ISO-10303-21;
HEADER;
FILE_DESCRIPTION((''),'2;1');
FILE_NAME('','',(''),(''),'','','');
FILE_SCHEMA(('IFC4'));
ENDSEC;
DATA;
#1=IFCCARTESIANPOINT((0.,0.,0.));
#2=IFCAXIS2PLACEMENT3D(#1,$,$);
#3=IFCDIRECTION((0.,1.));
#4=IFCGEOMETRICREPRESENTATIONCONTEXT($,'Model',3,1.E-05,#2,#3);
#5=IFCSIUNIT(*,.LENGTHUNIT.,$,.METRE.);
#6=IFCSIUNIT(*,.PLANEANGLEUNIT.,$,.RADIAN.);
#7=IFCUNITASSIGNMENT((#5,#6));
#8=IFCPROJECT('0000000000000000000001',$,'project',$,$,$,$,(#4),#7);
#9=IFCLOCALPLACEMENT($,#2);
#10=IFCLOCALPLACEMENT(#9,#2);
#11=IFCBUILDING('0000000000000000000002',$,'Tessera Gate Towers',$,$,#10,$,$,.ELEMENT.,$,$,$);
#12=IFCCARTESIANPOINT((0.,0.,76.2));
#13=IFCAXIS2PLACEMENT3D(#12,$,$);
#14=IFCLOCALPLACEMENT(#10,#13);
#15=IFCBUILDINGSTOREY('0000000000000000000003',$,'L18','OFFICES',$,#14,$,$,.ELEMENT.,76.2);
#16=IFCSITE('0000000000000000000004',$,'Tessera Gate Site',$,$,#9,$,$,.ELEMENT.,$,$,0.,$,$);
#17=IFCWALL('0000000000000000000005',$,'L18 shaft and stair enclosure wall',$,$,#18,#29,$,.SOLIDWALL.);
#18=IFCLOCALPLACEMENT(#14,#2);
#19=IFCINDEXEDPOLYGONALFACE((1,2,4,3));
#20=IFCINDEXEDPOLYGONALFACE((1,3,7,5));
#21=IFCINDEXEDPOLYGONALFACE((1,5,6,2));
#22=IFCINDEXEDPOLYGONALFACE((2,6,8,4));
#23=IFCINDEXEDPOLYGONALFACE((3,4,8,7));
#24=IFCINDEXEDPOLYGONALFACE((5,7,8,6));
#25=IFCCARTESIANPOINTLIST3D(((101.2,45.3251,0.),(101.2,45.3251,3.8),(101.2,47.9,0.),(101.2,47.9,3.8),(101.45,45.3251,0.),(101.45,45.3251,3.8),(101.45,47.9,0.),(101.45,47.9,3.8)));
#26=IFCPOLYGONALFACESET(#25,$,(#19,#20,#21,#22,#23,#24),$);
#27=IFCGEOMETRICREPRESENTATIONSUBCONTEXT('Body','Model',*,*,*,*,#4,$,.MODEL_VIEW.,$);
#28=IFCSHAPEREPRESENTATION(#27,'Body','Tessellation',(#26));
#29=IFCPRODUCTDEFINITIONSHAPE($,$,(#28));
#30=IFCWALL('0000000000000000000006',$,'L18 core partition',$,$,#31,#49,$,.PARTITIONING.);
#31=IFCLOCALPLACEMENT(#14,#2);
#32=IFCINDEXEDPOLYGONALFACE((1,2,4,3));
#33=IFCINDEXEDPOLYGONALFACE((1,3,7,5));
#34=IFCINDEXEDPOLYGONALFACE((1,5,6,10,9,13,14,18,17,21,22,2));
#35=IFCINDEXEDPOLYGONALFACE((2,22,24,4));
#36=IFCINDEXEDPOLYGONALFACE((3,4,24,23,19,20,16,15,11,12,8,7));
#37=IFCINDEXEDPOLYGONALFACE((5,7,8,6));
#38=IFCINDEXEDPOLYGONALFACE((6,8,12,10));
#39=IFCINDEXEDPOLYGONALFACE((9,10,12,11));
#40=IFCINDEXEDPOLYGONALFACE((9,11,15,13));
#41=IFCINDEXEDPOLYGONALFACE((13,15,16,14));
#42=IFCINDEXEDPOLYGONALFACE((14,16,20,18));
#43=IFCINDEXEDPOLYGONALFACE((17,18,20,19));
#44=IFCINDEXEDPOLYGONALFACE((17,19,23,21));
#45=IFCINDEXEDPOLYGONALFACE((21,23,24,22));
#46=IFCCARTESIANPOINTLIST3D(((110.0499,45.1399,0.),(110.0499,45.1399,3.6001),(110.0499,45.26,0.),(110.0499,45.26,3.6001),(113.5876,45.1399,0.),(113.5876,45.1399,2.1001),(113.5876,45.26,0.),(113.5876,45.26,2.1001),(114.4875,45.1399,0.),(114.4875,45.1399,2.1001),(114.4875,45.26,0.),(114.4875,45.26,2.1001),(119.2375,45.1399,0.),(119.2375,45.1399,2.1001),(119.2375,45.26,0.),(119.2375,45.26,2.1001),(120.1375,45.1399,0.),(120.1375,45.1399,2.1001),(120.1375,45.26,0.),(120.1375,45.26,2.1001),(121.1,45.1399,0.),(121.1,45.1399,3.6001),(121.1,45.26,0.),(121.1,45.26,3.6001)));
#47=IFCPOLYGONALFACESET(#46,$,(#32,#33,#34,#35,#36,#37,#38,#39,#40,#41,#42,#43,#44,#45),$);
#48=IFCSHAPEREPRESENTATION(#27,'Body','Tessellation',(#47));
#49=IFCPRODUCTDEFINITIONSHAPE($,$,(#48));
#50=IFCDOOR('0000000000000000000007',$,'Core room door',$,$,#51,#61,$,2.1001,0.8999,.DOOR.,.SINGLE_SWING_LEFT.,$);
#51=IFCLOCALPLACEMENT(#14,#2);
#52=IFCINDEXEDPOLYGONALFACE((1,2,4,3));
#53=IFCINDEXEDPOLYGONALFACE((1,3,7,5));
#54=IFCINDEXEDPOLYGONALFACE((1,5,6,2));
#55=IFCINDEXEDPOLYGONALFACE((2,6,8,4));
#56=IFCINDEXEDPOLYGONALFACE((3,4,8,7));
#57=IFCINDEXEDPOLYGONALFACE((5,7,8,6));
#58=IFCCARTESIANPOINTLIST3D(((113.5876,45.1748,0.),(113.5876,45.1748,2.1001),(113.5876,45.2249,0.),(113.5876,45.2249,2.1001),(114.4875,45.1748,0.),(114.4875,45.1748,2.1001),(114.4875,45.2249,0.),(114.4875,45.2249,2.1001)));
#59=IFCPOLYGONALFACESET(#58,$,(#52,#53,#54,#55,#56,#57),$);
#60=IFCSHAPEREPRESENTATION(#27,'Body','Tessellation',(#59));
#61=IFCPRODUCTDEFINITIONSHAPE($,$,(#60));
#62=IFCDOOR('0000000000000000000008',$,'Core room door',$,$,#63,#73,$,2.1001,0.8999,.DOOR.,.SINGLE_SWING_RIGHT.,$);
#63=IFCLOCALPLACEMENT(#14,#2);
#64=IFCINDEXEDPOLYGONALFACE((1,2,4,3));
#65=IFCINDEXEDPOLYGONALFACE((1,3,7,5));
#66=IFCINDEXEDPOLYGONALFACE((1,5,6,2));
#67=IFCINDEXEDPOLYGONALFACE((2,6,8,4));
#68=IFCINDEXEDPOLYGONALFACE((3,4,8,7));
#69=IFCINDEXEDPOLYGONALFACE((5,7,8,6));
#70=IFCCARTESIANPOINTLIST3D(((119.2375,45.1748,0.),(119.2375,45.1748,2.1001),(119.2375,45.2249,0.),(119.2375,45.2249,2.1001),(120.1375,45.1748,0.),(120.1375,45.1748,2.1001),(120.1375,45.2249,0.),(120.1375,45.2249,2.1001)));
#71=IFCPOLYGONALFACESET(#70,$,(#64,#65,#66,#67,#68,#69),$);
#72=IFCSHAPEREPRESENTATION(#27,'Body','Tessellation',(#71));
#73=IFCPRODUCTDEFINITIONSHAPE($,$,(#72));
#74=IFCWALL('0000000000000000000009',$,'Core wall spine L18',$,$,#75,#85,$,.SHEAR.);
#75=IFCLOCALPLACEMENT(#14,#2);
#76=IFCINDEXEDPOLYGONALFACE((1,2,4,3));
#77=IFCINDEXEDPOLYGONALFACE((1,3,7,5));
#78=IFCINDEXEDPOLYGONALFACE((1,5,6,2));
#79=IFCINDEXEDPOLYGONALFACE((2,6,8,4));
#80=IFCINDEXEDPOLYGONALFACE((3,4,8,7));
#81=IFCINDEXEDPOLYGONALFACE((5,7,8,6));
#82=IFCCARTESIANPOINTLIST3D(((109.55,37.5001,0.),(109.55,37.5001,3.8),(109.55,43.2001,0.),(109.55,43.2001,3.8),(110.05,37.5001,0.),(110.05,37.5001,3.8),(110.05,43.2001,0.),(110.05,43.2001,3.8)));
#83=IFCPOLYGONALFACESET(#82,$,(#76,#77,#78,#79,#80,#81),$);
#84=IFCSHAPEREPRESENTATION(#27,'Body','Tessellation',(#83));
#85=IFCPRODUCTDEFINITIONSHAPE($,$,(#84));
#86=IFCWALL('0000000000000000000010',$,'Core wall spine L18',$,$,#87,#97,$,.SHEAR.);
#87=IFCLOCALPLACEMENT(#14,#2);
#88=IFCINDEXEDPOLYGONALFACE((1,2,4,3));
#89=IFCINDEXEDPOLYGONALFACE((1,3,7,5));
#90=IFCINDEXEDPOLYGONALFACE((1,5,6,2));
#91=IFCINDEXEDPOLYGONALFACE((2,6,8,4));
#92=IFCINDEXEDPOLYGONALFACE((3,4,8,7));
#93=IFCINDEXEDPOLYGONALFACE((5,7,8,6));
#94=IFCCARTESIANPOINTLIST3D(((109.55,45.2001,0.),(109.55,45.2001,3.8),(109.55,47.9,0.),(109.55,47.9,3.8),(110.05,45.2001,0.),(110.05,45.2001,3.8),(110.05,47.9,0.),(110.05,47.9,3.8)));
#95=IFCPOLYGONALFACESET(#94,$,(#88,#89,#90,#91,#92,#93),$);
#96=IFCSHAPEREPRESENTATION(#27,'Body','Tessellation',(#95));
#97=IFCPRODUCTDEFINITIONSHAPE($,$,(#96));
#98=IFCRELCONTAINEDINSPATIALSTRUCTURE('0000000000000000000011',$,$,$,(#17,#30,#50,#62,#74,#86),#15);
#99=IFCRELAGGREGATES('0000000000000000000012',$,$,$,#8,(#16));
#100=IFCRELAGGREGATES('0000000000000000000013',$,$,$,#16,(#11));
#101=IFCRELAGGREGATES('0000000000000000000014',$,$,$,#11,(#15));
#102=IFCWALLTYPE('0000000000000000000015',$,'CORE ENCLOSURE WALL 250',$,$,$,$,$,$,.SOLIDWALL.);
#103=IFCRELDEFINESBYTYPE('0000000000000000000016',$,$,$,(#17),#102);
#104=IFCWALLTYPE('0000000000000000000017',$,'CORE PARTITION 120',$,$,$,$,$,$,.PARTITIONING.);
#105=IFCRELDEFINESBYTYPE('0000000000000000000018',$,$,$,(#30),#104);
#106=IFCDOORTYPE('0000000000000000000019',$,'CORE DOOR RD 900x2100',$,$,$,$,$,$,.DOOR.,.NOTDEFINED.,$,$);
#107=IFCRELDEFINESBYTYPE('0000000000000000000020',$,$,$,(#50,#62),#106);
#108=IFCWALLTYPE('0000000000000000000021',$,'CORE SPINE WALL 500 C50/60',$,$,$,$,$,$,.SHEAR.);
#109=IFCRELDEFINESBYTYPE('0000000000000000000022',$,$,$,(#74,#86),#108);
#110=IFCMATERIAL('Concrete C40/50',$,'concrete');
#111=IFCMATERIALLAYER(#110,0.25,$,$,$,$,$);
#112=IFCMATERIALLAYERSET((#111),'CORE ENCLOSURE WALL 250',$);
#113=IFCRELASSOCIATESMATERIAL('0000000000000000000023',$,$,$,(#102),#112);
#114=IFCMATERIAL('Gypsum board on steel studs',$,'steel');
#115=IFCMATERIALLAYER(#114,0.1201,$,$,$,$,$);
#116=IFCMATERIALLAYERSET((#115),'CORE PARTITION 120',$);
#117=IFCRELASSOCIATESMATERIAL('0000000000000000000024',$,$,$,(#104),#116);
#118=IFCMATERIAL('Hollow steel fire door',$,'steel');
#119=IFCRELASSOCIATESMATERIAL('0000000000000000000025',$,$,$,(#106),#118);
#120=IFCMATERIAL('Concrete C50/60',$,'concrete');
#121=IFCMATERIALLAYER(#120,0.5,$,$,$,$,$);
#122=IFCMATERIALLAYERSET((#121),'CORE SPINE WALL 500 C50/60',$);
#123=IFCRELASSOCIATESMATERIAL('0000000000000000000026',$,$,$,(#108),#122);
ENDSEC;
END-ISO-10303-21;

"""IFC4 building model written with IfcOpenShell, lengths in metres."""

from ifc_helpers import new_model, si_unit, direction, frame, frame_2d, origin, place, context, subcontext, project, spatial, rectangle, extrude, source, transform, mapped, material, layer, layer_set, type_object, element, fill, save


model = new_model("IFC4")

# Units and contexts
model_context = context("Model", 3, precision=1e-05, world=origin(), true_north=direction((0.0, 1.0)))
body_context = subcontext(model_context, "Body", "Model", "MODEL_VIEW")
ifc_project = project(units=[si_unit("LENGTHUNIT", "METRE"), si_unit("PLANEANGLEUNIT", "RADIAN")], contexts=[model_context])

# Site, building, storey
site_placement = place(None, origin())
site = spatial("IfcSite", under=ifc_project, at=site_placement, Name="Tessera Gate Site", CompositionType="ELEMENT", RefElevation=0.0)
building_placement = place(site_placement, origin())
building = spatial("IfcBuilding", under=site, at=building_placement, Name="Tessera Gate Towers", CompositionType="ELEMENT")
storey_placement = place(building_placement, frame((0.0, 0.0, 76.2)))
storey = spatial("IfcBuildingStorey", under=building, at=storey_placement, Name="L18", Description="OFFICES", CompositionType="ELEMENT", Elevation=76.2)

# Shared definitions
ifc_material_1 = material(Name="Concrete C40/50", Category="concrete")
ifc_layer_1 = layer(ifc_material_1, 0.25)
ifc_layer_set_1 = layer_set([ifc_layer_1], Name="CORE ENCLOSURE WALL 250")
wall_type_1 = type_object("IfcWallType", Name="CORE ENCLOSURE WALL 250", PredefinedType="SOLIDWALL", material=ifc_layer_set_1)

# Wall
wall_1_placement = place(storey_placement, frame((101.325, 45.325, 0.0), z_axis=(0.0, 0.0, 1.0), x_axis=(0.0, 1.0, 0.0)))
element("IfcWall", 1, at=wall_1_placement, inside=storey, type_object=wall_type_1, Name="L18 shaft and stair enclosure wall", PredefinedType="SOLIDWALL", context=body_context, shape_type="SweptSolid", body=[
    extrude(rectangle(XDim=2.575, YDim=0.25, at=frame_2d((1.2876, 0.0))), origin(), (0.0, 0.0, 1.0), 3.8),
])

# Wall, openings, doors
ifc_material_2 = material(Name="Gypsum board on steel studs", Category="steel")
ifc_layer_2 = layer(ifc_material_2, 0.1201)
ifc_layer_set_2 = layer_set([ifc_layer_2], Name="CORE PARTITION 120")
wall_type_2 = type_object("IfcWallType", Name="CORE PARTITION 120", PredefinedType="PARTITIONING", material=ifc_layer_set_2)
wall_2_placement = place(storey_placement, frame((110.05, 45.2, 0.0), z_axis=(0.0, 0.0, 1.0), x_axis=(1.0, 0.0, 0.0)))
wall_2 = element("IfcWall", 2, at=wall_2_placement, inside=storey, type_object=wall_type_2, Name="L18 core partition", PredefinedType="PARTITIONING", context=body_context, shape_type="SweptSolid", body=[
    extrude(rectangle(XDim=11.05, YDim=0.1201, at=frame_2d((5.5249, 0.0))), origin(), (0.0, 0.0, 1.0), 3.6001),
])
shared_shape_1 = source(origin(), body_context, "Body", "SweptSolid", [
    extrude(rectangle(XDim=0.8999, YDim=2.1001, at=frame_2d((0.45, 1.05))), frame((0.0, 0.0701, 0.0), z_axis=(0.0, -1.0, 0.0), x_axis=(1.0, 0.0, 0.0)), (0.0, 0.0, 1.0), 0.1401),
])
opening_1_placement = place(wall_2_placement, frame((3.5376, 0.0, 0.0)))
opening_1 = element("IfcOpeningElement", 3, at=opening_1_placement, cuts=wall_2, PredefinedType="OPENING", context=body_context, shape_type="MappedRepresentation", body=[
    mapped(shared_shape_1, transform((0.0, 0.0, 0.0), scale=1.0)),
])
opening_2_placement = place(wall_2_placement, frame((9.1875, 0.0, 0.0)))
opening_2 = element("IfcOpeningElement", 4, at=opening_2_placement, cuts=wall_2, PredefinedType="OPENING", context=body_context, shape_type="MappedRepresentation", body=[
    mapped(shared_shape_1, transform((0.0, 0.0, 0.0), scale=1.0)),
])
ifc_material_3 = material(Name="Hollow steel fire door", Category="steel")
door_type_1 = type_object("IfcDoorType", Name="CORE DOOR RD 900x2100", OperationType="NOTDEFINED", PredefinedType="DOOR", material=ifc_material_3)
shared_shape_2 = source(origin(), body_context, "Body", "SweptSolid", [
    extrude(rectangle(XDim=0.8999, YDim=2.1001, at=frame_2d((0.45, 1.05))), frame((0.0, 0.0249, 0.0), z_axis=(0.0, -1.0, 0.0), x_axis=(1.0, 0.0, 0.0)), (0.0, 0.0, 1.0), 0.05),
])
door_1_placement = place(opening_1_placement, origin())
door_1 = element("IfcDoor", 5, at=door_1_placement, inside=storey, type_object=door_type_1, Name="Core room door", OperationType="SINGLE_SWING_LEFT", OverallHeight=2.1001, OverallWidth=0.8999, PredefinedType="DOOR", context=body_context, shape_type="MappedRepresentation", body=[
    mapped(shared_shape_2, transform((0.0, 0.0, 0.0), scale=1.0)),
])
fill(opening_1, door_1)
door_2_placement = place(opening_2_placement, origin())
door_2 = element("IfcDoor", 6, at=door_2_placement, inside=storey, type_object=door_type_1, Name="Core room door", OperationType="SINGLE_SWING_RIGHT", OverallHeight=2.1001, OverallWidth=0.8999, PredefinedType="DOOR", context=body_context, shape_type="MappedRepresentation", body=[
    mapped(shared_shape_2, transform((0.0, 0.0, 0.0), scale=1.0)),
])
fill(opening_2, door_2)

# Walls
ifc_material_4 = material(Name="Concrete C50/60", Category="concrete")
ifc_layer_3 = layer(ifc_material_4, 0.5)
ifc_layer_set_3 = layer_set([ifc_layer_3], Name="CORE SPINE WALL 500 C50/60")
wall_type_3 = type_object("IfcWallType", Name="CORE SPINE WALL 500 C50/60", PredefinedType="SHEAR", material=ifc_layer_set_3)
wall_3_placement = place(storey_placement, frame((109.8, 37.5, 0.0), z_axis=(0.0, 0.0, 1.0), x_axis=(0.0, 1.0, 0.0)))
element("IfcWall", 7, at=wall_3_placement, inside=storey, type_object=wall_type_3, Name="Core wall spine L18", PredefinedType="SHEAR", context=body_context, shape_type="SweptSolid", body=[
    extrude(rectangle(XDim=5.7, YDim=0.5, at=frame_2d((2.8501, 0.0))), origin(), (0.0, 0.0, 1.0), 3.8),
])
wall_4_placement = place(storey_placement, frame((109.8, 45.2, 0.0), z_axis=(0.0, 0.0, 1.0), x_axis=(0.0, 1.0, 0.0)))
element("IfcWall", 8, at=wall_4_placement, inside=storey, type_object=wall_type_3, Name="Core wall spine L18", PredefinedType="SHEAR", context=body_context, shape_type="SweptSolid", body=[
    extrude(rectangle(XDim=2.7, YDim=0.5, at=frame_2d((1.3501, 0.0))), origin(), (0.0, 0.0, 1.0), 3.8),
])

save(model, "model.ifc")
